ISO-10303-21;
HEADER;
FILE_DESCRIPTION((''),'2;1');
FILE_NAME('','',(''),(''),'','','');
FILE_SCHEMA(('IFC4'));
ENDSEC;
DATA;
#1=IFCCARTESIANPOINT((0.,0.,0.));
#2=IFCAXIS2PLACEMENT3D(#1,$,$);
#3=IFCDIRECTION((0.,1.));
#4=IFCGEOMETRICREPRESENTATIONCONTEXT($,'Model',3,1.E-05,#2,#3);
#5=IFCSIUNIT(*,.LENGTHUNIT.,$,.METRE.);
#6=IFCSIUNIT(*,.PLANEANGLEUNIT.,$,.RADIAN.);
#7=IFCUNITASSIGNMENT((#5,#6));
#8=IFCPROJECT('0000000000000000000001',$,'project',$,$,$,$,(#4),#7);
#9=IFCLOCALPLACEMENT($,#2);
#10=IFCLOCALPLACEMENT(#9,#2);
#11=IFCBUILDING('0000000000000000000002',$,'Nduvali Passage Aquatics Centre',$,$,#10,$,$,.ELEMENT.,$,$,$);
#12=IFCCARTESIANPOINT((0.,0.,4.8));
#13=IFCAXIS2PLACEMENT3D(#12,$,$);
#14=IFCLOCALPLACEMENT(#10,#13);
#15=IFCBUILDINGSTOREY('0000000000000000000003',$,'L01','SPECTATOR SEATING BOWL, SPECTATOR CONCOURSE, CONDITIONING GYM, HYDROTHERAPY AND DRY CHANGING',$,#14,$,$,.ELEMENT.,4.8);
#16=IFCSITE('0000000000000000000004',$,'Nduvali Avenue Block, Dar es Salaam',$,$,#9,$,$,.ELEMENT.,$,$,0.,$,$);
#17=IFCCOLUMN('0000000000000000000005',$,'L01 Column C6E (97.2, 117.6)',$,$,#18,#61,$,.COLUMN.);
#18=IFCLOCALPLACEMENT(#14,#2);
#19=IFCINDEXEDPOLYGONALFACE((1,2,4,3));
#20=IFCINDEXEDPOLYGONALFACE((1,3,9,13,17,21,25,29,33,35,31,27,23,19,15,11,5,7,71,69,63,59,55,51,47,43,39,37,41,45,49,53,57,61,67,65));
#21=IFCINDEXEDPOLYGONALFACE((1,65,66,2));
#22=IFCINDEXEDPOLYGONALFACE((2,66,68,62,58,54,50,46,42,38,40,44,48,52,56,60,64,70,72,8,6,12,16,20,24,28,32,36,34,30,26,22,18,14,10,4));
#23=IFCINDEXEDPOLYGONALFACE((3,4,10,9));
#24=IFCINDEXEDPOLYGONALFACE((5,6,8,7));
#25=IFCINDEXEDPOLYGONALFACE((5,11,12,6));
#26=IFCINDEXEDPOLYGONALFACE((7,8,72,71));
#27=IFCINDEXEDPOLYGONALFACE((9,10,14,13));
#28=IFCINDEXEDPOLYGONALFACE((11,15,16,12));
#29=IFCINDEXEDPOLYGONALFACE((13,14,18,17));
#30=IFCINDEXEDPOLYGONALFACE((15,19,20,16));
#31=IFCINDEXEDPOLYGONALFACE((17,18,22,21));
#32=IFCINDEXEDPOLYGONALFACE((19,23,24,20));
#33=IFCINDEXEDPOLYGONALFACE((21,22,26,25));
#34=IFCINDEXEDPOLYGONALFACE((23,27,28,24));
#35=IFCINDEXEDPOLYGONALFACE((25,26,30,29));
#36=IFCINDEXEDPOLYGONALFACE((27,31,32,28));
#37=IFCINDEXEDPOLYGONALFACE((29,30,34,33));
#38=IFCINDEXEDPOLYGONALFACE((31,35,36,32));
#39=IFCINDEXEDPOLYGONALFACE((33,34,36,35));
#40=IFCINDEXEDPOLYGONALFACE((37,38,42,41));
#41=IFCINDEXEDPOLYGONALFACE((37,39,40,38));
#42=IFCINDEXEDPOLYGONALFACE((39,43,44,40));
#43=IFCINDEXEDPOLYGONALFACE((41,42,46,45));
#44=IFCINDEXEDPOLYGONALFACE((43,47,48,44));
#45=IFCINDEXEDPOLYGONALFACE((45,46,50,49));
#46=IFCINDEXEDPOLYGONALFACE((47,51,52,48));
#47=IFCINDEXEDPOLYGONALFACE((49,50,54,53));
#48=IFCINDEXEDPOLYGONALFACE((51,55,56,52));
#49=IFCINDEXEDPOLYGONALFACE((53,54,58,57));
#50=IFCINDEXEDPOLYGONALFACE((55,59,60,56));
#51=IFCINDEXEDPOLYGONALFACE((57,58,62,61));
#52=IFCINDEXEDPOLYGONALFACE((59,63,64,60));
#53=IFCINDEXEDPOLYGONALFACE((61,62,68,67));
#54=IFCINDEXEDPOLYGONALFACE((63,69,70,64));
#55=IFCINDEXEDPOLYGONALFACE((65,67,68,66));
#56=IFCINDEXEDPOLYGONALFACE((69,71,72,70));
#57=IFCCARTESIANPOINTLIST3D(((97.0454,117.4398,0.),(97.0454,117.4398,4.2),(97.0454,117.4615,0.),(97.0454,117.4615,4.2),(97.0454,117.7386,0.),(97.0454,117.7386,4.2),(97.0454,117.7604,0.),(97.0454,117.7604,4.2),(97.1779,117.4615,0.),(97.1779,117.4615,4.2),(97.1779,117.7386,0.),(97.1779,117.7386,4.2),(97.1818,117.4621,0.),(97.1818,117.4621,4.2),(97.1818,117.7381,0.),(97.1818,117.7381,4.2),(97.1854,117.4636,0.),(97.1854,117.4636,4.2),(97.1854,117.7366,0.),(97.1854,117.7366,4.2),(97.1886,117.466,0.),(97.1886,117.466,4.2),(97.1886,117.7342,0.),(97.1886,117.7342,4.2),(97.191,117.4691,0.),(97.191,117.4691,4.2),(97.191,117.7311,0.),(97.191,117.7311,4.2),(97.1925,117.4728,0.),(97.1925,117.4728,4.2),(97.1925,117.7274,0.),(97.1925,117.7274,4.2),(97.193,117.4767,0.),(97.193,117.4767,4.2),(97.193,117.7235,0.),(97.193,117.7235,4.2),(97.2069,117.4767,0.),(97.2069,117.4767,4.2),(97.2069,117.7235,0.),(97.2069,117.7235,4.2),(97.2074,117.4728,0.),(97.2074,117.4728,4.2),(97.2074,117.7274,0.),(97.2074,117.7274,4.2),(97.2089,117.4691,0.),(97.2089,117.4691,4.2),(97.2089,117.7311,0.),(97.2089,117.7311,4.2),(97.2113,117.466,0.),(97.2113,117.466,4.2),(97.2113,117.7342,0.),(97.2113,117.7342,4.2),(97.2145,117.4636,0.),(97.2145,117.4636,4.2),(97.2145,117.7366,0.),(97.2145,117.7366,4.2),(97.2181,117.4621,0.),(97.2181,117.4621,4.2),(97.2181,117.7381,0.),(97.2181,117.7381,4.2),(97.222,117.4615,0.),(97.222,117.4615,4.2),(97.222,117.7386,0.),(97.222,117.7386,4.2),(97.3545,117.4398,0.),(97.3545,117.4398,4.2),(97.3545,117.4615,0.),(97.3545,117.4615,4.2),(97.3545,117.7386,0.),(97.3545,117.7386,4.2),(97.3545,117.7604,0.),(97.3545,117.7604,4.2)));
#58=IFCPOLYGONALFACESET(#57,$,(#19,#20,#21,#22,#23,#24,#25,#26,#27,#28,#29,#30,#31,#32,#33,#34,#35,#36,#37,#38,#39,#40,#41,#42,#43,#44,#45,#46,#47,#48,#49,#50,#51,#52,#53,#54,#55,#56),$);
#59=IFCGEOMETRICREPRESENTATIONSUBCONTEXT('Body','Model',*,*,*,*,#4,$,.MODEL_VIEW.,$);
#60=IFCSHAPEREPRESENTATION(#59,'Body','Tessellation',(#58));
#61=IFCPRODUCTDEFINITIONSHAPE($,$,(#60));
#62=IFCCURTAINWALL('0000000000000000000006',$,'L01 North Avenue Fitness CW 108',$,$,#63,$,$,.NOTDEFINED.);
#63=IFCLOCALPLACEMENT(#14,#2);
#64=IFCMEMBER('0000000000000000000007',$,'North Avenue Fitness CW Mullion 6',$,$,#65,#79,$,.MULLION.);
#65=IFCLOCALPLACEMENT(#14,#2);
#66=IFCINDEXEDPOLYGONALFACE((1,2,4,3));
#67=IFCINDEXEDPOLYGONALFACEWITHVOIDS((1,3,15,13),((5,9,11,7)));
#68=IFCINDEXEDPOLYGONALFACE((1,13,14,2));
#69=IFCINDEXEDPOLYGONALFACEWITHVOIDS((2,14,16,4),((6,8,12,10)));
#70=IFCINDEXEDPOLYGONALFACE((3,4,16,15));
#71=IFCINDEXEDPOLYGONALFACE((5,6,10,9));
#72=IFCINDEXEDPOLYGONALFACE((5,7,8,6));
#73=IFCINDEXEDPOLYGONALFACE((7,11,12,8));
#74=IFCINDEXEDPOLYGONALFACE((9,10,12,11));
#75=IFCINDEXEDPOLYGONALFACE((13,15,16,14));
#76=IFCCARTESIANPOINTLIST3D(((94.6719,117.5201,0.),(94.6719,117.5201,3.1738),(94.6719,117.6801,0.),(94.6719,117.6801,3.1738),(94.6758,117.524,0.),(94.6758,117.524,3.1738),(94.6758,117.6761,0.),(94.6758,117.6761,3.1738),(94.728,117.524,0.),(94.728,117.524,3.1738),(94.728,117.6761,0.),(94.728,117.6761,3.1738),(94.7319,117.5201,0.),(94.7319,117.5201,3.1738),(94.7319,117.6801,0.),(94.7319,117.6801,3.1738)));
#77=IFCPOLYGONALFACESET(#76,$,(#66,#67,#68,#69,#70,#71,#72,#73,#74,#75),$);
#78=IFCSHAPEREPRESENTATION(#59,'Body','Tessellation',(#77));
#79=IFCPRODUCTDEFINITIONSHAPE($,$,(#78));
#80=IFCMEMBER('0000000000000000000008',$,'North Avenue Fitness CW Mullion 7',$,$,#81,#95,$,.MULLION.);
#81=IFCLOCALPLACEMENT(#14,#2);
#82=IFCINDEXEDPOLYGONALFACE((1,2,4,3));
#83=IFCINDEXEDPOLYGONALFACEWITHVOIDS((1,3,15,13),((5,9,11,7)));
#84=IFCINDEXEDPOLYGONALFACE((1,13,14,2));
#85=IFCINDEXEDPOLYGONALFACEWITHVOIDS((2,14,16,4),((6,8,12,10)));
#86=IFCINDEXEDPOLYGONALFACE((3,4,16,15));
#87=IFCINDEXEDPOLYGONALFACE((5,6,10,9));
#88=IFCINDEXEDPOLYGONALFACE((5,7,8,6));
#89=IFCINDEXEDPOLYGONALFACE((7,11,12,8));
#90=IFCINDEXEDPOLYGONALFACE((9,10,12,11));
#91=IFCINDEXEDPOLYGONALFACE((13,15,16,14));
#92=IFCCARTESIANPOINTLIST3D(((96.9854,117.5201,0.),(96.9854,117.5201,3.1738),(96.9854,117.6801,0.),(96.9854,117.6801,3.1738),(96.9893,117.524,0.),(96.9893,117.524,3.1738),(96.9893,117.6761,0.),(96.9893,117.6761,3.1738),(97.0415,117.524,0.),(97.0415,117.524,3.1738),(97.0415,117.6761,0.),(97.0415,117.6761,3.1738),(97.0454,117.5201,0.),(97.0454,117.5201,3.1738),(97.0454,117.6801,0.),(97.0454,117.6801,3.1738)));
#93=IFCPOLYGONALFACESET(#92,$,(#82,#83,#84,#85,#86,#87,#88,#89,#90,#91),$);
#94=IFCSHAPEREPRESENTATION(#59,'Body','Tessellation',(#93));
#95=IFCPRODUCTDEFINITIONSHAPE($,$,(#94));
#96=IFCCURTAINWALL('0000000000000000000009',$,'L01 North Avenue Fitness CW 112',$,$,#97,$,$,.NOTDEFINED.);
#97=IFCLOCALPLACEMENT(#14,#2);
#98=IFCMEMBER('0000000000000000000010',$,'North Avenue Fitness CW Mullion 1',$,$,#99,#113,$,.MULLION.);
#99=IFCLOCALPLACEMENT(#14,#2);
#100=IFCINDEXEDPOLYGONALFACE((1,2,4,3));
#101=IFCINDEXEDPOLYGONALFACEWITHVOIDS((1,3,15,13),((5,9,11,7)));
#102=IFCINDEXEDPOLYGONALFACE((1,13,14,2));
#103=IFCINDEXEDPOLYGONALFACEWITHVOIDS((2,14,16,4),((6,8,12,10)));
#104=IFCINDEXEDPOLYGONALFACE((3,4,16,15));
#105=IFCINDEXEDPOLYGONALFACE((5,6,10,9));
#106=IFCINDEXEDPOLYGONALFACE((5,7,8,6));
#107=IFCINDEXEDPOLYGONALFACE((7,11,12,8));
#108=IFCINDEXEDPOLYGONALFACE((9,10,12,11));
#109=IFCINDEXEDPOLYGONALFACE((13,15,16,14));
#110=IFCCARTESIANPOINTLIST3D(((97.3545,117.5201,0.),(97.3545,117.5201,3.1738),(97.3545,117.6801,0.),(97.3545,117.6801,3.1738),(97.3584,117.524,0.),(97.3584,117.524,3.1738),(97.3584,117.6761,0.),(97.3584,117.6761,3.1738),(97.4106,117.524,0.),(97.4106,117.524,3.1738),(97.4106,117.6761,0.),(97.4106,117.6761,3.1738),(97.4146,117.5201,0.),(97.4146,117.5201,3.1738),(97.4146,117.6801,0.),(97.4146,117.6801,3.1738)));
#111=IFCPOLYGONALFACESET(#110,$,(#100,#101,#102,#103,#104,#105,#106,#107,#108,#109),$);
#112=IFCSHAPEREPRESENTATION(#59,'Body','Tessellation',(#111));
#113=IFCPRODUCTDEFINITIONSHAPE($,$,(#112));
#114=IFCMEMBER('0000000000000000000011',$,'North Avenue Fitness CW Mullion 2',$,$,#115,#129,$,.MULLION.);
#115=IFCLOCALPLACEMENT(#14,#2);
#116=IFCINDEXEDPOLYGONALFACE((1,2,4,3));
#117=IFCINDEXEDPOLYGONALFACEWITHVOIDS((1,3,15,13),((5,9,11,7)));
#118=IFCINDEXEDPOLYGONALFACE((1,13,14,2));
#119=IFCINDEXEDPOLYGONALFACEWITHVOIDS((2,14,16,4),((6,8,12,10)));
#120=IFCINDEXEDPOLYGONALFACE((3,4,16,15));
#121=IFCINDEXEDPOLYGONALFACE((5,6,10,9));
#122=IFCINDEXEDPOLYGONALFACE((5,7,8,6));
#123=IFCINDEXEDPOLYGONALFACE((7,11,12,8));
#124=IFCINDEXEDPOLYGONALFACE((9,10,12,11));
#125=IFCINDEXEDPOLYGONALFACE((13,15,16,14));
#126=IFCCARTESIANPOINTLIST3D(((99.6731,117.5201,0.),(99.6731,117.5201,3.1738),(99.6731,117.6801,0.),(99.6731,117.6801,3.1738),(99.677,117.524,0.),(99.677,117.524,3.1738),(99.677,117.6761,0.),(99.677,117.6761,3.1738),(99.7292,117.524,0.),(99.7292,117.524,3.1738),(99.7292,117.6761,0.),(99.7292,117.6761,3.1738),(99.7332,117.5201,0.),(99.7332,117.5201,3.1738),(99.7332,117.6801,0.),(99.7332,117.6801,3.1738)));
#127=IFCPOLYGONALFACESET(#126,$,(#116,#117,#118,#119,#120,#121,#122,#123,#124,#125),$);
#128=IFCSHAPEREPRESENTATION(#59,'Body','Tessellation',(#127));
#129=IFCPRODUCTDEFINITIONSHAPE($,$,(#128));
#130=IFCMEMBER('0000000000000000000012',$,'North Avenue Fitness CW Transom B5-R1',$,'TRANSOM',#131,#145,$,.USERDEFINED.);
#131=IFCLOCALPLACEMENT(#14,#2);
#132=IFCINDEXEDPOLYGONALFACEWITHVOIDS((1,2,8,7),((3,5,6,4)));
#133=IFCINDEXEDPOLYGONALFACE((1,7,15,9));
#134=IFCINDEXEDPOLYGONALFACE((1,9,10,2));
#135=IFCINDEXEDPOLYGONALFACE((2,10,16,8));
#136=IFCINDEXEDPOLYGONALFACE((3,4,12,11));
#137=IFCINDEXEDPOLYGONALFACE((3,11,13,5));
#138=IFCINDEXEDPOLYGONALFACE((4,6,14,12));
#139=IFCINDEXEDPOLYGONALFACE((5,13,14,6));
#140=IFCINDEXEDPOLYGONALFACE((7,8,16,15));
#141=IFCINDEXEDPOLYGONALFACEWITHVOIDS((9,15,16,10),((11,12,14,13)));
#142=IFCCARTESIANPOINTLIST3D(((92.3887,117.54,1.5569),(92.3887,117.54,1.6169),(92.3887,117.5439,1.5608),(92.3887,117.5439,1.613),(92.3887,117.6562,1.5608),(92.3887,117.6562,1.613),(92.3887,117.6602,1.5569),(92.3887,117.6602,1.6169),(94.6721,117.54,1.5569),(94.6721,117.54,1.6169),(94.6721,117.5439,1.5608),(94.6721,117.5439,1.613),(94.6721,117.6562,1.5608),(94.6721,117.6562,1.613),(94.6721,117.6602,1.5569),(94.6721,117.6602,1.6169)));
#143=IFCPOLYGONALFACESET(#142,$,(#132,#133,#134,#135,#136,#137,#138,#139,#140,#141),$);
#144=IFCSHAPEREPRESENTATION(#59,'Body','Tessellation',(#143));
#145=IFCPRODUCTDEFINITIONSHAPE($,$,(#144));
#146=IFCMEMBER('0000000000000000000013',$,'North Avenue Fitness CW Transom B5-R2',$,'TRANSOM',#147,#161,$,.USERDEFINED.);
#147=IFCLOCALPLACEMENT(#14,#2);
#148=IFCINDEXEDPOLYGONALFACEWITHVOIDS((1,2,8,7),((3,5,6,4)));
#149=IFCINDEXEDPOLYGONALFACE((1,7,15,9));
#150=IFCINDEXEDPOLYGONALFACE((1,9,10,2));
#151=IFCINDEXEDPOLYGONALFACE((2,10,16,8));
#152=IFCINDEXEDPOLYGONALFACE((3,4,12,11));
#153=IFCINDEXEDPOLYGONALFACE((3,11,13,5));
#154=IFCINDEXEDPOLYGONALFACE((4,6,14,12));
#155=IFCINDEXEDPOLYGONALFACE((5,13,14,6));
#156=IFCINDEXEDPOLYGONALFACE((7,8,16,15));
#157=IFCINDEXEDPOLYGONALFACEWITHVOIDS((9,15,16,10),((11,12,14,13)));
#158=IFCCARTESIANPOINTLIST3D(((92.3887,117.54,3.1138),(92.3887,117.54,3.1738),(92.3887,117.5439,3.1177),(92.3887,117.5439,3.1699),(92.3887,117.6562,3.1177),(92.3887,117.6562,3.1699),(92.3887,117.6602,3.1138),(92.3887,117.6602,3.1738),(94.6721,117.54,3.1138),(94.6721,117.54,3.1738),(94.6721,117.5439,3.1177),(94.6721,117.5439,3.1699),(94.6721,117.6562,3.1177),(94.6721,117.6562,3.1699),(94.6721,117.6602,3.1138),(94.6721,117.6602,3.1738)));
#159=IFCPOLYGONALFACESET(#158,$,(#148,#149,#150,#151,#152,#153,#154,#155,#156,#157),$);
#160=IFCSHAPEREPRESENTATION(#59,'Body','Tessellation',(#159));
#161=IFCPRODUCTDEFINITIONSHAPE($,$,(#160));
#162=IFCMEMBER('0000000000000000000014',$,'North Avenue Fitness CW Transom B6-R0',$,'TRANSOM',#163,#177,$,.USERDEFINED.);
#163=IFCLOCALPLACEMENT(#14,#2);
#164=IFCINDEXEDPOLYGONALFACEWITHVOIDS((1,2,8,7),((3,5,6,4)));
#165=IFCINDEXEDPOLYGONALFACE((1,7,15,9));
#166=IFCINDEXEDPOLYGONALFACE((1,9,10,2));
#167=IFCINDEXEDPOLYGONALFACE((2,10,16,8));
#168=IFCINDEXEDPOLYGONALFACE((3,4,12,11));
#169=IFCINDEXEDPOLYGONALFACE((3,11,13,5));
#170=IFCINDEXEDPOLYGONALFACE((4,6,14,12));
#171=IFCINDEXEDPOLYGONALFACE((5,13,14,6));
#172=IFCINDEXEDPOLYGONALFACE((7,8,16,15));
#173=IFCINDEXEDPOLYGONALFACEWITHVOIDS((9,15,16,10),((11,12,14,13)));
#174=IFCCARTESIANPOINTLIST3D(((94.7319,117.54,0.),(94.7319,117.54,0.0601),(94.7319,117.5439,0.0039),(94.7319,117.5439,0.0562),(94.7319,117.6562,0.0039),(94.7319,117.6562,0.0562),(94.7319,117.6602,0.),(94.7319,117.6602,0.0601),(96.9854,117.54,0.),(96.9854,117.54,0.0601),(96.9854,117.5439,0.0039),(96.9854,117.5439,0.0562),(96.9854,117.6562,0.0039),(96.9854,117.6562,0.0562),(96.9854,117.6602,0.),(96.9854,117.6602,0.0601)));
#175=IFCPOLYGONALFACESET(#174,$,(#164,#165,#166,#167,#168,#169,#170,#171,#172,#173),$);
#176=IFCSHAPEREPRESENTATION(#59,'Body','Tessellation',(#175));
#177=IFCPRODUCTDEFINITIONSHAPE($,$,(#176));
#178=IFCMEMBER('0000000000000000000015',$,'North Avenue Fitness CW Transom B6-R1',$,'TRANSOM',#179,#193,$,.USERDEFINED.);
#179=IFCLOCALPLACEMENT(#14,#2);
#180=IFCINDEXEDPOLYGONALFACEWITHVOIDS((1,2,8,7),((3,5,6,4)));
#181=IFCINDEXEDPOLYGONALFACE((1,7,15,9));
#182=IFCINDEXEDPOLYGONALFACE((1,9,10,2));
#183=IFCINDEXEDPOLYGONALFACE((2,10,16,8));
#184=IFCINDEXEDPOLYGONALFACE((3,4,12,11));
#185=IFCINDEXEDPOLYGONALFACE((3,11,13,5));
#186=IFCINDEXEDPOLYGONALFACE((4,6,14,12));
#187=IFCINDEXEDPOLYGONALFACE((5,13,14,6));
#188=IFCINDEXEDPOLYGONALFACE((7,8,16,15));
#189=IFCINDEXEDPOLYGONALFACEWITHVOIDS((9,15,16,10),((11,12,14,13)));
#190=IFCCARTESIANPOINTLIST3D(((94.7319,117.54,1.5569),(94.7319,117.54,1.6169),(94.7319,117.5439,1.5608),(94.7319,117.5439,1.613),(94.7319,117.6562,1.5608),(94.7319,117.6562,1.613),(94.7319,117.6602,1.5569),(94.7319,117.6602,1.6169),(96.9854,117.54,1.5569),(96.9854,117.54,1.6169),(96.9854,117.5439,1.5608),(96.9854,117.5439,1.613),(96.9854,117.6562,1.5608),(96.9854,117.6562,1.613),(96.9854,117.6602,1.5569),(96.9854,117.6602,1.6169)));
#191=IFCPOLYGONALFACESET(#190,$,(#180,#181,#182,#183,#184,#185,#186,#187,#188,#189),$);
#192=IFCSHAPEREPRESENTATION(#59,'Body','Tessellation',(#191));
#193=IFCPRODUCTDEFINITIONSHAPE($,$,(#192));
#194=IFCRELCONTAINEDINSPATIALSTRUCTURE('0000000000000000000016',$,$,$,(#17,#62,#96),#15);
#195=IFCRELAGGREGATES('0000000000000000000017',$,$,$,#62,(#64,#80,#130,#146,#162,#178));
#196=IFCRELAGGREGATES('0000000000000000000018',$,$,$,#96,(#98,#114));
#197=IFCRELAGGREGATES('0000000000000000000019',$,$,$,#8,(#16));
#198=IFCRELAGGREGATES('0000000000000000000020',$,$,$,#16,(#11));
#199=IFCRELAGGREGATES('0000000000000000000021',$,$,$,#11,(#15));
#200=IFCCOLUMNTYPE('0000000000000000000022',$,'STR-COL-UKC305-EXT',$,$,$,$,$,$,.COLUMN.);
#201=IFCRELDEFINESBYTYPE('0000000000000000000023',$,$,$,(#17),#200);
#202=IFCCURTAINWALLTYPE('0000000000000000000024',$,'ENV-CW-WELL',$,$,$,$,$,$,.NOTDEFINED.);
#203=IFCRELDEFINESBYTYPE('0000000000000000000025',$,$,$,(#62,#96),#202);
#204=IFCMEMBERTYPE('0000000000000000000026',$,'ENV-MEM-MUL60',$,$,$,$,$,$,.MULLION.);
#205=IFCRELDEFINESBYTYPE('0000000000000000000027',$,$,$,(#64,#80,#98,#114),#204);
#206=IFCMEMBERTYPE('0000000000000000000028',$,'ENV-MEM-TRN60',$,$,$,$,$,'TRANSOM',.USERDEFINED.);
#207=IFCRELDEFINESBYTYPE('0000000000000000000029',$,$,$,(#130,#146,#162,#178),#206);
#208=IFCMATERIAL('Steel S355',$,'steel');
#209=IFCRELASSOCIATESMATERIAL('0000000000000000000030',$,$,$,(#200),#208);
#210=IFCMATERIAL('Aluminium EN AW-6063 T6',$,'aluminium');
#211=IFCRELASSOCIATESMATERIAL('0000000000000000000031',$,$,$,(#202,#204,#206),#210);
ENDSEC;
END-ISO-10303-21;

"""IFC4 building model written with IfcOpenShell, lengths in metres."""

from ifc_helpers import new_model, si_unit, direction, frame, origin, origin_2d, place, context, subcontext, project, spatial, hollow_rectangle, i_section, extrude, material, material_profile, profile_set, type_object, element, aggregate, save


model = new_model("IFC4")

# Units and contexts
model_context = context("Model", 3, precision=1e-05, world=origin(), true_north=direction((0.0, 1.0)))
body_context = subcontext(model_context, "Body", "Model", "MODEL_VIEW")
ifc_project = project(units=[si_unit("LENGTHUNIT", "METRE"), si_unit("PLANEANGLEUNIT", "RADIAN")], contexts=[model_context])

# Site, building, storey
site_placement = place(None, origin())
site = spatial("IfcSite", under=ifc_project, at=site_placement, Name="Nduvali Avenue Block, Dar es Salaam", CompositionType="ELEMENT", RefElevation=0.0)
building_placement = place(site_placement, origin())
building = spatial("IfcBuilding", under=site, at=building_placement, Name="Nduvali Passage Aquatics Centre", CompositionType="ELEMENT")
storey_placement = place(building_placement, frame((0.0, 0.0, 4.8)))
storey = spatial("IfcBuildingStorey", under=building, at=storey_placement, Name="L01", Description="SPECTATOR SEATING BOWL, SPECTATOR CONCOURSE, CONDITIONING GYM, HYDROTHERAPY AND DRY CHANGING", CompositionType="ELEMENT", Elevation=4.8)

# Column
ifc_material_1 = material(Name="Steel S355", Category="steel")
ifc_material_profile_1 = material_profile(ifc_material_1, i_section(OverallWidth=0.3091, OverallDepth=0.3206, WebThickness=0.0139, FlangeThickness=0.0217, FilletRadius=0.0151, at=origin_2d()), Name="UKC 305x305x137")
ifc_profile_set_1 = profile_set([ifc_material_profile_1], Name="Steel S355")
column_type = type_object("IfcColumnType", Name="STR-COL-UKC305-EXT", PredefinedType="COLUMN", material=ifc_profile_set_1)
column_placement = place(storey_placement, frame((97.2, 117.6001, 0.0), z_axis=(0.0, 0.0, 1.0), x_axis=(1.0, 0.0, 0.0)))
element("IfcColumn", 1, at=column_placement, inside=storey, type_object=column_type, Name="L01 Column C6E (97.2, 117.6)", PredefinedType="COLUMN", context=body_context, shape_type="SweptSolid", body=[
    extrude(i_section(OverallWidth=0.3091, OverallDepth=0.3206, WebThickness=0.0139, FlangeThickness=0.0217, FilletRadius=0.0151, at=origin_2d()), origin(), (0.0, 0.0, 1.0), 4.2),
])

# Curtain walls, members
ifc_material_2 = material(Name="Aluminium EN AW-6063 T6", Category="aluminium")
curtain_wall_type = type_object("IfcCurtainWallType", Name="ENV-CW-WELL", PredefinedType="NOTDEFINED", material=ifc_material_2)
curtain_wall_1_placement = place(storey_placement, origin())
curtain_wall_1 = element("IfcCurtainWall", 2, at=curtain_wall_1_placement, inside=storey, type_object=curtain_wall_type, Name="L01 North Avenue Fitness CW 108", PredefinedType="NOTDEFINED")
ifc_material_profile_2 = material_profile(ifc_material_2, hollow_rectangle(XDim=0.0601, YDim=0.1599, WallThickness=0.0039, at=origin_2d()), Name="ALU MULLION 60x160x4")
ifc_profile_set_2 = profile_set([ifc_material_profile_2], Name="Aluminium EN AW-6063 T6")
member_type_1 = type_object("IfcMemberType", Name="ENV-MEM-MUL60", PredefinedType="MULLION", material=ifc_profile_set_2)
member_1_placement = place(storey_placement, frame((94.7019, 117.6001, 0.0), z_axis=(0.0, 0.0, 1.0), x_axis=(1.0, 0.0, 0.0)))
member_1 = element("IfcMember", 3, at=member_1_placement, type_object=member_type_1, Name="North Avenue Fitness CW Mullion 6", PredefinedType="MULLION", context=body_context, shape_type="SweptSolid", body=[
    extrude(hollow_rectangle(XDim=0.0601, YDim=0.1599, WallThickness=0.0039, at=origin_2d()), origin(), (0.0, 0.0, 1.0), 3.1738),
])
member_2_placement = place(storey_placement, frame((97.0154, 117.6001, 0.0), z_axis=(0.0, 0.0, 1.0), x_axis=(1.0, 0.0, 0.0)))
member_2 = element("IfcMember", 4, at=member_2_placement, type_object=member_type_1, Name="North Avenue Fitness CW Mullion 7", PredefinedType="MULLION", context=body_context, shape_type="SweptSolid", body=[
    extrude(hollow_rectangle(XDim=0.0601, YDim=0.1599, WallThickness=0.0039, at=origin_2d()), origin(), (0.0, 0.0, 1.0), 3.1738),
])
curtain_wall_2_placement = place(storey_placement, origin())
curtain_wall_2 = element("IfcCurtainWall", 5, at=curtain_wall_2_placement, inside=storey, type_object=curtain_wall_type, Name="L01 North Avenue Fitness CW 112", PredefinedType="NOTDEFINED")
member_3_placement = place(storey_placement, frame((97.3845, 117.6001, 0.0), z_axis=(0.0, 0.0, 1.0), x_axis=(1.0, 0.0, 0.0)))
member_3 = element("IfcMember", 6, at=member_3_placement, type_object=member_type_1, Name="North Avenue Fitness CW Mullion 1", PredefinedType="MULLION", context=body_context, shape_type="SweptSolid", body=[
    extrude(hollow_rectangle(XDim=0.0601, YDim=0.1599, WallThickness=0.0039, at=origin_2d()), origin(), (0.0, 0.0, 1.0), 3.1738),
])
member_4_placement = place(storey_placement, frame((99.7031, 117.6001, 0.0), z_axis=(0.0, 0.0, 1.0), x_axis=(1.0, 0.0, 0.0)))
member_4 = element("IfcMember", 7, at=member_4_placement, type_object=member_type_1, Name="North Avenue Fitness CW Mullion 2", PredefinedType="MULLION", context=body_context, shape_type="SweptSolid", body=[
    extrude(hollow_rectangle(XDim=0.0601, YDim=0.1599, WallThickness=0.0039, at=origin_2d()), origin(), (0.0, 0.0, 1.0), 3.1738),
])

# Members
ifc_material_profile_3 = material_profile(ifc_material_2, hollow_rectangle(XDim=0.1201, YDim=0.0601, WallThickness=0.0039, at=origin_2d()), Name="ALU TRANSOM 120x60x4")
ifc_profile_set_3 = profile_set([ifc_material_profile_3], Name="Aluminium EN AW-6063 T6")
member_type_2 = type_object("IfcMemberType", Name="ENV-MEM-TRN60", ElementType="TRANSOM", PredefinedType="USERDEFINED", material=ifc_profile_set_3)
member_5_placement = place(storey_placement, frame((92.3887, 117.6001, 1.5869), z_axis=(1.0, 0.0, 0.0), x_axis=(0.0, 1.0, 0.0)))
member_5 = element("IfcMember", 8, at=member_5_placement, type_object=member_type_2, Name="North Avenue Fitness CW Transom B5-R1", ObjectType="TRANSOM", PredefinedType="USERDEFINED", context=body_context, shape_type="SweptSolid", body=[
    extrude(hollow_rectangle(XDim=0.1201, YDim=0.0601, WallThickness=0.0039, at=origin_2d()), origin(), (0.0, 0.0, 1.0), 2.2834),
])
member_6_placement = place(storey_placement, frame((92.3887, 117.6001, 3.1438), z_axis=(1.0, 0.0, 0.0), x_axis=(0.0, 1.0, 0.0)))
member_6 = element("IfcMember", 9, at=member_6_placement, type_object=member_type_2, Name="North Avenue Fitness CW Transom B5-R2", ObjectType="TRANSOM", PredefinedType="USERDEFINED", context=body_context, shape_type="SweptSolid", body=[
    extrude(hollow_rectangle(XDim=0.1201, YDim=0.0601, WallThickness=0.0039, at=origin_2d()), origin(), (0.0, 0.0, 1.0), 2.2834),
])
member_7_placement = place(storey_placement, frame((94.7319, 117.6001, 0.03), z_axis=(1.0, 0.0, 0.0), x_axis=(0.0, 1.0, 0.0)))
member_7 = element("IfcMember", 10, at=member_7_placement, type_object=member_type_2, Name="North Avenue Fitness CW Transom B6-R0", ObjectType="TRANSOM", PredefinedType="USERDEFINED", context=body_context, shape_type="SweptSolid", body=[
    extrude(hollow_rectangle(XDim=0.1201, YDim=0.0601, WallThickness=0.0039, at=origin_2d()), origin(), (0.0, 0.0, 1.0), 2.2534),
])
member_8_placement = place(storey_placement, frame((94.7319, 117.6001, 1.5869), z_axis=(1.0, 0.0, 0.0), x_axis=(0.0, 1.0, 0.0)))
member_8 = element("IfcMember", 11, at=member_8_placement, type_object=member_type_2, Name="North Avenue Fitness CW Transom B6-R1", ObjectType="TRANSOM", PredefinedType="USERDEFINED", context=body_context, shape_type="SweptSolid", body=[
    extrude(hollow_rectangle(XDim=0.1201, YDim=0.0601, WallThickness=0.0039, at=origin_2d()), origin(), (0.0, 0.0, 1.0), 2.2534),
])

aggregate(curtain_wall_1, [member_1, member_2, member_5, member_6, member_7, member_8])
aggregate(curtain_wall_2, [member_3, member_4])

save(model, "model.ifc")
